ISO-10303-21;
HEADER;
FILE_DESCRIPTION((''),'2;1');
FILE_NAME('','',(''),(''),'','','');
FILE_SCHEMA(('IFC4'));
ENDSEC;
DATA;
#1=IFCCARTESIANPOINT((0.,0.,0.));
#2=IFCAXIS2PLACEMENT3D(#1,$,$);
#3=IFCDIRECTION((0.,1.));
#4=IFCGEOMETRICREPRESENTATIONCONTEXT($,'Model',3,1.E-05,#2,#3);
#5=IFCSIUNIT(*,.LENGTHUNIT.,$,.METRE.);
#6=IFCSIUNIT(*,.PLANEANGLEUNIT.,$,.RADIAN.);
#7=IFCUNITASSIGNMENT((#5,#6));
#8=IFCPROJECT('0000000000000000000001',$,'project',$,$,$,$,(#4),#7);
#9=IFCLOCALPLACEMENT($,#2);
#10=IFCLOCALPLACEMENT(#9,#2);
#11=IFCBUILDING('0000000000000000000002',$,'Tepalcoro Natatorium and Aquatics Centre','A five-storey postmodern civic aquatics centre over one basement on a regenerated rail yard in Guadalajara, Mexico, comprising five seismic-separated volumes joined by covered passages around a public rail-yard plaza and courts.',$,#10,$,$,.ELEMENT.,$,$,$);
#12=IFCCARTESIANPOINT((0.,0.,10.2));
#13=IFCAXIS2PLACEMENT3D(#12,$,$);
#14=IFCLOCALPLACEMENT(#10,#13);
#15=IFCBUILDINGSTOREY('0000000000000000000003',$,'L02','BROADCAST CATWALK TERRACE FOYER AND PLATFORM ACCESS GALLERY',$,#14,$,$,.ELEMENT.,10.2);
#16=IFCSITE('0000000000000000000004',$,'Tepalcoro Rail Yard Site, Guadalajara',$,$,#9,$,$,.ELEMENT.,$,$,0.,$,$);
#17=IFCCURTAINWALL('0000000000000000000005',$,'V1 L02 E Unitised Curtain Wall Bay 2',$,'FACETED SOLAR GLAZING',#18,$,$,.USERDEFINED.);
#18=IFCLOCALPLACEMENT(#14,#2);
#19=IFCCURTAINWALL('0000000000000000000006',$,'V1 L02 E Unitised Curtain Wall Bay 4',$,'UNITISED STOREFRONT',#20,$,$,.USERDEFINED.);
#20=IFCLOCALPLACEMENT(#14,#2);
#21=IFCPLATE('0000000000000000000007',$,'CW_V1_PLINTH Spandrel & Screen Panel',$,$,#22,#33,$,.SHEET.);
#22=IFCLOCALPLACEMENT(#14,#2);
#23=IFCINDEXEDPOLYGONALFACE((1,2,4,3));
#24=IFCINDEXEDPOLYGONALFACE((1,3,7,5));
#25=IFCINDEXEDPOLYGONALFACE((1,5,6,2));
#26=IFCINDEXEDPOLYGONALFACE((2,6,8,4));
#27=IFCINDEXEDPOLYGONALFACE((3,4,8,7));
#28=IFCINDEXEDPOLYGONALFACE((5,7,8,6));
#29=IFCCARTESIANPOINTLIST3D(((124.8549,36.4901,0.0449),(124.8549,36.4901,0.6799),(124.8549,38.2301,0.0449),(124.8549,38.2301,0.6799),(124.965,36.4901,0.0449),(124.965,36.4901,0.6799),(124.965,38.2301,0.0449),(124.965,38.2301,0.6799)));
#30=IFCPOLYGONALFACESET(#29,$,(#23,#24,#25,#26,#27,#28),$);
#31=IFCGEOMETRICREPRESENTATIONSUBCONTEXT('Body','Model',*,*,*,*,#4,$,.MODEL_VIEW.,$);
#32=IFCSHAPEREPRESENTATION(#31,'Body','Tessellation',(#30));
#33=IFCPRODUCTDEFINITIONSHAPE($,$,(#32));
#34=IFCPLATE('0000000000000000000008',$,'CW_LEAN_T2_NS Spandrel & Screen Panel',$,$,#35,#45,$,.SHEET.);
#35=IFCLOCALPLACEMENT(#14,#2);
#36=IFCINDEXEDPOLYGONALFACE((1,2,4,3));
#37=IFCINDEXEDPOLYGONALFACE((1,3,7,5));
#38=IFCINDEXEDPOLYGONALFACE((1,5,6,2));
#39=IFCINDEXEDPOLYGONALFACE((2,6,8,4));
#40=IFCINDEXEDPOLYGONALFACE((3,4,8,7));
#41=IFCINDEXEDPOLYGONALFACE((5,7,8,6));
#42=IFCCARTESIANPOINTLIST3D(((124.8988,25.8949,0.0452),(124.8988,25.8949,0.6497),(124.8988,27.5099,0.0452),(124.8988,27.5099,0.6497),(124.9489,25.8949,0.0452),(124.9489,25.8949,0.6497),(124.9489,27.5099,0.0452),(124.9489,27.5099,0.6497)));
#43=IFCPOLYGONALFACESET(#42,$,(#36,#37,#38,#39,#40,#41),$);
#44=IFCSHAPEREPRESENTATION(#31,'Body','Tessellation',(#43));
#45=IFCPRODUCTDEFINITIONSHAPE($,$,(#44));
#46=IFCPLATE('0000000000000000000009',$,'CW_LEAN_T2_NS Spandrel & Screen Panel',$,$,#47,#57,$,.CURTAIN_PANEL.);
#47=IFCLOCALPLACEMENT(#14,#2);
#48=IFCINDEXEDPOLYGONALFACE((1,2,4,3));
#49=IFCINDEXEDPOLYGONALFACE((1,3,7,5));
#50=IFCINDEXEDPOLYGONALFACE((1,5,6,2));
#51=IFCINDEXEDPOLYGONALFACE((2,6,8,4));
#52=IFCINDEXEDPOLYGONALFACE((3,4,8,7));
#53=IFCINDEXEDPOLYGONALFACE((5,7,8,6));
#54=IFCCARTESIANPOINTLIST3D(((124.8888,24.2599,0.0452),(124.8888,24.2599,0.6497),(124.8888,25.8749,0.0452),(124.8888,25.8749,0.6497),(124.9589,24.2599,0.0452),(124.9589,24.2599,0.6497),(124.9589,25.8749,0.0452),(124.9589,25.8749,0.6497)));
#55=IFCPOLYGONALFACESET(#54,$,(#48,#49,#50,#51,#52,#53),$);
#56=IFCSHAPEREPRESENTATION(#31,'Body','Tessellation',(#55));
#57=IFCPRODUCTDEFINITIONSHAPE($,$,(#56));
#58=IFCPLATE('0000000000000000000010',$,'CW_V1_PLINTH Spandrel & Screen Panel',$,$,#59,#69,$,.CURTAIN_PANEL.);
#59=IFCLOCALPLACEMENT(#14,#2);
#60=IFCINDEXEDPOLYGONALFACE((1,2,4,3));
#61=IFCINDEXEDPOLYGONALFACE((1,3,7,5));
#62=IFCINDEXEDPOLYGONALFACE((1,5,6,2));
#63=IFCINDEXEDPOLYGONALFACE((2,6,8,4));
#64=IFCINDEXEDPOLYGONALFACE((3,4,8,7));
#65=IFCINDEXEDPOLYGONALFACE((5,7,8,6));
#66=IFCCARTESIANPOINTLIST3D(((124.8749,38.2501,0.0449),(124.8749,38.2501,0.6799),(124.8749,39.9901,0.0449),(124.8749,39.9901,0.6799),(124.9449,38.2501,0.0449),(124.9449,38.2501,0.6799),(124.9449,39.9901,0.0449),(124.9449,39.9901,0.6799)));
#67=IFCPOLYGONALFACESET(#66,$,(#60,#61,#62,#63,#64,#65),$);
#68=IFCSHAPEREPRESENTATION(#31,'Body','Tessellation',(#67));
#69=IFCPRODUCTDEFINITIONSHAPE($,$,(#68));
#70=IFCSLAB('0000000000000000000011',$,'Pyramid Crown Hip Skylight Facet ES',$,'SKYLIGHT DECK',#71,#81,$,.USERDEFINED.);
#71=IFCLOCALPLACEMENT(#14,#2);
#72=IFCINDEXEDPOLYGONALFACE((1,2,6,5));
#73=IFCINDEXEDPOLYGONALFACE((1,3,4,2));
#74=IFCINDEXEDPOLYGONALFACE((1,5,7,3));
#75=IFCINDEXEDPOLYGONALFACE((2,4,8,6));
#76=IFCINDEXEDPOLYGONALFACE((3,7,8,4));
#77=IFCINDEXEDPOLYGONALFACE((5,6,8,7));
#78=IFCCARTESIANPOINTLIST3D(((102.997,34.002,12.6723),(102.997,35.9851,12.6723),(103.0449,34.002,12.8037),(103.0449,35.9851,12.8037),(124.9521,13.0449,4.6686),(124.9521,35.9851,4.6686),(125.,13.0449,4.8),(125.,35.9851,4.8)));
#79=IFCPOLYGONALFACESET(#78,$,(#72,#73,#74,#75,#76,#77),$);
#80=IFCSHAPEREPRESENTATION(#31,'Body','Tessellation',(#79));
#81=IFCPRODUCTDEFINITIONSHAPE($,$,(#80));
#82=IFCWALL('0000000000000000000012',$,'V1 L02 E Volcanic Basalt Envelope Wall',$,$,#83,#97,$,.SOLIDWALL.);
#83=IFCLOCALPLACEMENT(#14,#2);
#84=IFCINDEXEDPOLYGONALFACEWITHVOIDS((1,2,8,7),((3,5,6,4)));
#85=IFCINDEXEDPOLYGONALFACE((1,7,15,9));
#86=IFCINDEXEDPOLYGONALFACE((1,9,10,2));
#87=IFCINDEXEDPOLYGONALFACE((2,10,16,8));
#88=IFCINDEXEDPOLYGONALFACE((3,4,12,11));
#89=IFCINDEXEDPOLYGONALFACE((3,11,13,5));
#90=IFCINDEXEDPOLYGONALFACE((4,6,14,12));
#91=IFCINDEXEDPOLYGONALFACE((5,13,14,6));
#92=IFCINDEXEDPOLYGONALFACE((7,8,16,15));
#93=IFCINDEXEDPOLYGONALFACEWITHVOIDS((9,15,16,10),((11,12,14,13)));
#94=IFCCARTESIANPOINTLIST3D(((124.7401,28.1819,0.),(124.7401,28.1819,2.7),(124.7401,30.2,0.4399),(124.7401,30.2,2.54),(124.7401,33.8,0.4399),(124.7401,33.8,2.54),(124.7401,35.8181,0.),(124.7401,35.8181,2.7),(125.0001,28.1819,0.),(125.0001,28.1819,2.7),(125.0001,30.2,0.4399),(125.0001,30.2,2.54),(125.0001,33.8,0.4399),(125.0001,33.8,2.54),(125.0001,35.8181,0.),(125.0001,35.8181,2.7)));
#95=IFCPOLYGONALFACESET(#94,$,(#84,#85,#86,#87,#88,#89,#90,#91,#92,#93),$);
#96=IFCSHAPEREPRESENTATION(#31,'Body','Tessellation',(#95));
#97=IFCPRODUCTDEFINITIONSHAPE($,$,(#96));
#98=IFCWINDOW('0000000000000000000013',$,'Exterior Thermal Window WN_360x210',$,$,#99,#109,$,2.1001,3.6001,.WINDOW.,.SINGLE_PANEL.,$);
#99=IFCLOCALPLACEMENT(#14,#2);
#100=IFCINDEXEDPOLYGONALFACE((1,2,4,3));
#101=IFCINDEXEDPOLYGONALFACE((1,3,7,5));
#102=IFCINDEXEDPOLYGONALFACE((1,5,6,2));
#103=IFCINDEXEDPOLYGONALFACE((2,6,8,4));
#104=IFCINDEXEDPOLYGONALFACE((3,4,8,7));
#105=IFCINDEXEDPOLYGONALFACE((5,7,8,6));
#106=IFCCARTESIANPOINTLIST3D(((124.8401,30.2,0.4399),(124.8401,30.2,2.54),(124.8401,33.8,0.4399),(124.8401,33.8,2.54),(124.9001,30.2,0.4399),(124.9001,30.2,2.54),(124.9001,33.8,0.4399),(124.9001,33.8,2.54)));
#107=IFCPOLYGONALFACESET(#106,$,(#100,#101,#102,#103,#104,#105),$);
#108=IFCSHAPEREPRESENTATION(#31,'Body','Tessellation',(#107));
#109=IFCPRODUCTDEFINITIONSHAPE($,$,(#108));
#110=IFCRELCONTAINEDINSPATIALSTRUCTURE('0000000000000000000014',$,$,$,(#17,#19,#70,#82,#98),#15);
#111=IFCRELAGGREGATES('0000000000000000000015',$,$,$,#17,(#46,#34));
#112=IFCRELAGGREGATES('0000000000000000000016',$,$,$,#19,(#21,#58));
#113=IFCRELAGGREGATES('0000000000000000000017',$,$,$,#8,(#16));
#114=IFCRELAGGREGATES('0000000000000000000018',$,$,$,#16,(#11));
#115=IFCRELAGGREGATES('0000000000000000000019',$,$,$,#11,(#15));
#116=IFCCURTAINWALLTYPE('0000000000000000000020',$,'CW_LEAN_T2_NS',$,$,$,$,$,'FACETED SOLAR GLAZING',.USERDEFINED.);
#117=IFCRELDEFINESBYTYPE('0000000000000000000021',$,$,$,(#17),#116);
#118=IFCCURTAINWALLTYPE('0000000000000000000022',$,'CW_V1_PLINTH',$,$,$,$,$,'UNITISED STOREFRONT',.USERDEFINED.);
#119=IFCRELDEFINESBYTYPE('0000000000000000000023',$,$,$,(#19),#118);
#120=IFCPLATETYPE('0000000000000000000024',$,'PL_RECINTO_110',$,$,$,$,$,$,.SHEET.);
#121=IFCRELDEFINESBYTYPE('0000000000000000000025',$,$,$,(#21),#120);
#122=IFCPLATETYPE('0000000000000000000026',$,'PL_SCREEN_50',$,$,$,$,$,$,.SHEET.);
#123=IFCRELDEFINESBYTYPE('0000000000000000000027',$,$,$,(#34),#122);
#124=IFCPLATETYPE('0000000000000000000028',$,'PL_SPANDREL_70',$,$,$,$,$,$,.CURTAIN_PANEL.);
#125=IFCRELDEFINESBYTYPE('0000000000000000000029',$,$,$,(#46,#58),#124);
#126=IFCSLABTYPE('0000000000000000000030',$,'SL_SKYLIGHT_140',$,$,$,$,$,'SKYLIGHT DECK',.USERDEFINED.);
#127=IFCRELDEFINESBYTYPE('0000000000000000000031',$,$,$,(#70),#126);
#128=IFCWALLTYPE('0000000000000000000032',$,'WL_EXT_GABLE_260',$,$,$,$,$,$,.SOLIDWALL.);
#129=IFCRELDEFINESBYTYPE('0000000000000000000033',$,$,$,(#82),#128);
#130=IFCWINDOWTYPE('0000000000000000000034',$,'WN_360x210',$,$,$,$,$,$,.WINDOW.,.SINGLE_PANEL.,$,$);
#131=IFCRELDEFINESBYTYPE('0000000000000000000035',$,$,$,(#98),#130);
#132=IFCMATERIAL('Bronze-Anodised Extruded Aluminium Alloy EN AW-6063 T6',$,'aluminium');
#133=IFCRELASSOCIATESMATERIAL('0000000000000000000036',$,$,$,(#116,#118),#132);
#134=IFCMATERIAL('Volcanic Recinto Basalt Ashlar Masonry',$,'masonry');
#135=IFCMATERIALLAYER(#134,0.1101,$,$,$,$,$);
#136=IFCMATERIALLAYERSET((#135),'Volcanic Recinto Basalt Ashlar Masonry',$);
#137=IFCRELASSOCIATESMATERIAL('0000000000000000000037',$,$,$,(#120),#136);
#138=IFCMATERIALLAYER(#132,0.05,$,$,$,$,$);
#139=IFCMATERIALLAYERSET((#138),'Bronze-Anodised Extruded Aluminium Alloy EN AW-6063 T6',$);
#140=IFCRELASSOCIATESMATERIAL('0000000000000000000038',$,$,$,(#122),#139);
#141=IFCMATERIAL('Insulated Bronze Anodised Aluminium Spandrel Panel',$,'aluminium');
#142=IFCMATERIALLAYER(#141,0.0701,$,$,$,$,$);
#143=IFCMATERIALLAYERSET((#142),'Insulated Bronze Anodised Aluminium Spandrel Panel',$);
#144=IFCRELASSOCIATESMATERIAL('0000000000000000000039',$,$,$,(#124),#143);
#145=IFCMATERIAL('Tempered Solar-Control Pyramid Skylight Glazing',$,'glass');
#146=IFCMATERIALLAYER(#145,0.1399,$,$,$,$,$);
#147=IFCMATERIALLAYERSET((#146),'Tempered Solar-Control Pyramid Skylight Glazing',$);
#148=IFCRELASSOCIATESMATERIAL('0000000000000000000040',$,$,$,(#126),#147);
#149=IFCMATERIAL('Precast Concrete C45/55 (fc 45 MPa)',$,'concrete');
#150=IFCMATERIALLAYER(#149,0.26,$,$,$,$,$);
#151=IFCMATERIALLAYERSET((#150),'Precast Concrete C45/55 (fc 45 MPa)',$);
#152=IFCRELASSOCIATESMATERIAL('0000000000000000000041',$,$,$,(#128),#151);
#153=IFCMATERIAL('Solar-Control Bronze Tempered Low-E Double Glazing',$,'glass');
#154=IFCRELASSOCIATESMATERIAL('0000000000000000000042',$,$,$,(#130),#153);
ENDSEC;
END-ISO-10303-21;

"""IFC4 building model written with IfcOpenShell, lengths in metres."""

from ifc_helpers import new_model, si_unit, direction, frame, frame_2d, origin, origin_2d, place, context, subcontext, project, spatial, polyline, rectangle, outline, extrude, material, layer, layer_set, type_object, element, fill, aggregate, save


model = new_model("IFC4")

# Units and contexts
model_context = context("Model", 3, precision=1e-05, world=origin(), true_north=direction((0.0, 1.0)))
body_context = subcontext(model_context, "Body", "Model", "MODEL_VIEW")
ifc_project = project(units=[si_unit("LENGTHUNIT", "METRE"), si_unit("PLANEANGLEUNIT", "RADIAN")], contexts=[model_context])

# Site, building, storey
site_placement = place(None, origin())
site = spatial("IfcSite", under=ifc_project, at=site_placement, Name="Tepalcoro Rail Yard Site, Guadalajara", CompositionType="ELEMENT", RefElevation=0.0)
building_placement = place(site_placement, origin())
building = spatial("IfcBuilding", under=site, at=building_placement, Name="Tepalcoro Natatorium and Aquatics Centre", Description="A five-storey postmodern civic aquatics centre over one basement on a regenerated rail yard in Guadalajara, Mexico, comprising five seismic-separated volumes joined by covered passages around a public rail-yard plaza and courts.", CompositionType="ELEMENT")
storey_placement = place(building_placement, frame((0.0, 0.0, 10.2)))
storey = spatial("IfcBuildingStorey", under=building, at=storey_placement, Name="L02", Description="BROADCAST CATWALK TERRACE FOYER AND PLATFORM ACCESS GALLERY", CompositionType="ELEMENT", Elevation=10.2)

# Curtain walls
ifc_material_1 = material(Name="Bronze-Anodised Extruded Aluminium Alloy EN AW-6063 T6", Category="aluminium")
curtain_wall_type_1 = type_object("IfcCurtainWallType", Name="CW_LEAN_T2_NS", ElementType="FACETED SOLAR GLAZING", PredefinedType="USERDEFINED", material=ifc_material_1)
curtain_wall_1_placement = place(storey_placement, origin())
curtain_wall_1 = element("IfcCurtainWall", 1, at=curtain_wall_1_placement, inside=storey, type_object=curtain_wall_type_1, Name="V1 L02 E Unitised Curtain Wall Bay 2", ObjectType="FACETED SOLAR GLAZING", PredefinedType="USERDEFINED")
curtain_wall_type_2 = type_object("IfcCurtainWallType", Name="CW_V1_PLINTH", ElementType="UNITISED STOREFRONT", PredefinedType="USERDEFINED", material=ifc_material_1)
curtain_wall_2_placement = place(storey_placement, origin())
curtain_wall_2 = element("IfcCurtainWall", 2, at=curtain_wall_2_placement, inside=storey, type_object=curtain_wall_type_2, Name="V1 L02 E Unitised Curtain Wall Bay 4", ObjectType="UNITISED STOREFRONT", PredefinedType="USERDEFINED")

# Shared definitions
ifc_material_2 = material(Name="Solar-Control Bronze Tempered Low-E Double Glazing", Category="glass")

# Plates
ifc_material_3 = material(Name="Volcanic Recinto Basalt Ashlar Masonry", Category="masonry")
ifc_layer_1 = layer(ifc_material_3, 0.1101)
ifc_layer_set_1 = layer_set([ifc_layer_1], Name="Volcanic Recinto Basalt Ashlar Masonry")
plate_type_1 = type_object("IfcPlateType", Name="PL_RECINTO_110", PredefinedType="SHEET", material=ifc_layer_set_1)
plate_1_placement = place(storey_placement, frame((124.9099, 37.3601, 0.0449), z_axis=(0.0, 0.0, 1.0), x_axis=(1.0, 0.0, 0.0)))
plate_1 = element("IfcPlate", 3, at=plate_1_placement, type_object=plate_type_1, Name="CW_V1_PLINTH Spandrel & Screen Panel", PredefinedType="SHEET", context=body_context, shape_type="SweptSolid", body=[
    extrude(rectangle(XDim=0.1101, YDim=1.74, at=origin_2d()), origin(), (0.0, 0.0, 1.0), 0.635),
])
ifc_layer_2 = layer(ifc_material_1, 0.05)
ifc_layer_set_2 = layer_set([ifc_layer_2], Name="Bronze-Anodised Extruded Aluminium Alloy EN AW-6063 T6")
plate_type_2 = type_object("IfcPlateType", Name="PL_SCREEN_50", PredefinedType="SHEET", material=ifc_layer_set_2)
plate_2_placement = place(storey_placement, frame((124.9238, 26.7024, 0.0452), z_axis=(0.0, 0.0, 1.0), x_axis=(1.0, 0.0, 0.0)))
plate_2 = element("IfcPlate", 4, at=plate_2_placement, type_object=plate_type_2, Name="CW_LEAN_T2_NS Spandrel & Screen Panel", PredefinedType="SHEET", context=body_context, shape_type="SweptSolid", body=[
    extrude(rectangle(XDim=0.05, YDim=1.615, at=origin_2d()), origin(), (0.0, 0.0, 1.0), 0.6045),
])
ifc_material_4 = material(Name="Insulated Bronze Anodised Aluminium Spandrel Panel", Category="aluminium")
ifc_layer_3 = layer(ifc_material_4, 0.0701)
ifc_layer_set_3 = layer_set([ifc_layer_3], Name="Insulated Bronze Anodised Aluminium Spandrel Panel")
plate_type_3 = type_object("IfcPlateType", Name="PL_SPANDREL_70", PredefinedType="CURTAIN_PANEL", material=ifc_layer_set_3)
plate_3_placement = place(storey_placement, frame((124.9238, 25.0674, 0.0452), z_axis=(0.0, 0.0, 1.0), x_axis=(1.0, 0.0, 0.0)))
plate_3 = element("IfcPlate", 5, at=plate_3_placement, type_object=plate_type_3, Name="CW_LEAN_T2_NS Spandrel & Screen Panel", PredefinedType="CURTAIN_PANEL", context=body_context, shape_type="SweptSolid", body=[
    extrude(rectangle(XDim=0.0701, YDim=1.615, at=origin_2d()), origin(), (0.0, 0.0, 1.0), 0.6045),
])
aggregate(curtain_wall_1, [plate_3, plate_2])
plate_4_placement = place(storey_placement, frame((124.9099, 39.1201, 0.0449), z_axis=(0.0, 0.0, 1.0), x_axis=(1.0, 0.0, 0.0)))
plate_4 = element("IfcPlate", 6, at=plate_4_placement, type_object=plate_type_3, Name="CW_V1_PLINTH Spandrel & Screen Panel", PredefinedType="CURTAIN_PANEL", context=body_context, shape_type="SweptSolid", body=[
    extrude(rectangle(XDim=0.0701, YDim=1.74, at=origin_2d()), origin(), (0.0, 0.0, 1.0), 0.635),
])
aggregate(curtain_wall_2, [plate_1, plate_4])

# Slab
ifc_material_5 = material(Name="Tempered Solar-Control Pyramid Skylight Glazing", Category="glass")
ifc_layer_4 = layer(ifc_material_5, 0.1399)
ifc_layer_set_4 = layer_set([ifc_layer_4], Name="Tempered Solar-Control Pyramid Skylight Glazing")
slab_type = type_object("IfcSlabType", Name="SL_SKYLIGHT_140", ElementType="SKYLIGHT DECK", PredefinedType="USERDEFINED", material=ifc_layer_set_4)
slab_placement = place(storey_placement, frame((125.0, 35.9851, 4.8), z_axis=(0.342499, 0.0, 0.939518), x_axis=(-0.939518, 0.0, 0.342499)))
element("IfcSlab", 7, at=slab_placement, inside=storey, type_object=slab_type, Name="Pyramid Crown Hip Skylight Facet ES", ObjectType="SKYLIGHT DECK", PredefinedType="USERDEFINED", context=body_context, shape_type="SweptSolid", body=[
    extrude(outline(polyline([(0.0, 0.0), (23.3684, 0.0), (23.3684, 1.9832), (0.0, 22.9402), (0.0, 0.0)])), origin(), (0.0, 0.0, -1.0), 0.1399),
])

# Wall, opening, window
ifc_material_6 = material(Name="Precast Concrete C45/55 (fc 45 MPa)", Category="concrete")
ifc_layer_5 = layer(ifc_material_6, 0.26)
ifc_layer_set_5 = layer_set([ifc_layer_5], Name="Precast Concrete C45/55 (fc 45 MPa)")
wall_type = type_object("IfcWallType", Name="WL_EXT_GABLE_260", PredefinedType="SOLIDWALL", material=ifc_layer_set_5)
wall_placement = place(storey_placement, frame((124.8701, 28.1819, 0.0), z_axis=(0.0, 0.0, 1.0), x_axis=(0.0, 1.0, 0.0)))
wall = element("IfcWall", 8, at=wall_placement, inside=storey, type_object=wall_type, Name="V1 L02 E Volcanic Basalt Envelope Wall", PredefinedType="SOLIDWALL", context=body_context, shape_type="SweptSolid", body=[
    extrude(rectangle(XDim=7.6362, YDim=0.26, at=frame_2d((3.8181, 0.0))), origin(), (0.0, 0.0, 1.0), 2.7),
])
opening_placement = place(wall_placement, frame((2.0181, 0.0, 0.4399)))
opening = element("IfcOpeningElement", 9, at=opening_placement, cuts=wall, PredefinedType="OPENING", context=body_context, shape_type="SweptSolid", body=[
    extrude(rectangle(XDim=3.6001, YDim=2.1001, at=frame_2d((1.8, 1.05))), frame((0.0, 0.1421, 0.0), z_axis=(0.0, -1.0, 0.0), x_axis=(1.0, 0.0, 0.0)), (0.0, 0.0, 1.0), 0.2839),
])
window_type = type_object("IfcWindowType", Name="WN_360x210", PartitioningType="SINGLE_PANEL", PredefinedType="WINDOW", material=ifc_material_2)
window_placement = place(opening_placement, origin())
window = element("IfcWindow", 10, at=window_placement, inside=storey, type_object=window_type, Name="Exterior Thermal Window WN_360x210", OverallHeight=2.1001, OverallWidth=3.6001, PartitioningType="SINGLE_PANEL", PredefinedType="WINDOW", context=body_context, shape_type="SweptSolid", body=[
    extrude(rectangle(XDim=3.6001, YDim=2.1001, at=frame_2d((1.8, 1.05))), frame((0.0, 0.03, 0.0), z_axis=(0.0, -1.0, 0.0), x_axis=(1.0, 0.0, 0.0)), (0.0, 0.0, 1.0), 0.0601),
])
fill(opening, window)

save(model, "model.ifc")
